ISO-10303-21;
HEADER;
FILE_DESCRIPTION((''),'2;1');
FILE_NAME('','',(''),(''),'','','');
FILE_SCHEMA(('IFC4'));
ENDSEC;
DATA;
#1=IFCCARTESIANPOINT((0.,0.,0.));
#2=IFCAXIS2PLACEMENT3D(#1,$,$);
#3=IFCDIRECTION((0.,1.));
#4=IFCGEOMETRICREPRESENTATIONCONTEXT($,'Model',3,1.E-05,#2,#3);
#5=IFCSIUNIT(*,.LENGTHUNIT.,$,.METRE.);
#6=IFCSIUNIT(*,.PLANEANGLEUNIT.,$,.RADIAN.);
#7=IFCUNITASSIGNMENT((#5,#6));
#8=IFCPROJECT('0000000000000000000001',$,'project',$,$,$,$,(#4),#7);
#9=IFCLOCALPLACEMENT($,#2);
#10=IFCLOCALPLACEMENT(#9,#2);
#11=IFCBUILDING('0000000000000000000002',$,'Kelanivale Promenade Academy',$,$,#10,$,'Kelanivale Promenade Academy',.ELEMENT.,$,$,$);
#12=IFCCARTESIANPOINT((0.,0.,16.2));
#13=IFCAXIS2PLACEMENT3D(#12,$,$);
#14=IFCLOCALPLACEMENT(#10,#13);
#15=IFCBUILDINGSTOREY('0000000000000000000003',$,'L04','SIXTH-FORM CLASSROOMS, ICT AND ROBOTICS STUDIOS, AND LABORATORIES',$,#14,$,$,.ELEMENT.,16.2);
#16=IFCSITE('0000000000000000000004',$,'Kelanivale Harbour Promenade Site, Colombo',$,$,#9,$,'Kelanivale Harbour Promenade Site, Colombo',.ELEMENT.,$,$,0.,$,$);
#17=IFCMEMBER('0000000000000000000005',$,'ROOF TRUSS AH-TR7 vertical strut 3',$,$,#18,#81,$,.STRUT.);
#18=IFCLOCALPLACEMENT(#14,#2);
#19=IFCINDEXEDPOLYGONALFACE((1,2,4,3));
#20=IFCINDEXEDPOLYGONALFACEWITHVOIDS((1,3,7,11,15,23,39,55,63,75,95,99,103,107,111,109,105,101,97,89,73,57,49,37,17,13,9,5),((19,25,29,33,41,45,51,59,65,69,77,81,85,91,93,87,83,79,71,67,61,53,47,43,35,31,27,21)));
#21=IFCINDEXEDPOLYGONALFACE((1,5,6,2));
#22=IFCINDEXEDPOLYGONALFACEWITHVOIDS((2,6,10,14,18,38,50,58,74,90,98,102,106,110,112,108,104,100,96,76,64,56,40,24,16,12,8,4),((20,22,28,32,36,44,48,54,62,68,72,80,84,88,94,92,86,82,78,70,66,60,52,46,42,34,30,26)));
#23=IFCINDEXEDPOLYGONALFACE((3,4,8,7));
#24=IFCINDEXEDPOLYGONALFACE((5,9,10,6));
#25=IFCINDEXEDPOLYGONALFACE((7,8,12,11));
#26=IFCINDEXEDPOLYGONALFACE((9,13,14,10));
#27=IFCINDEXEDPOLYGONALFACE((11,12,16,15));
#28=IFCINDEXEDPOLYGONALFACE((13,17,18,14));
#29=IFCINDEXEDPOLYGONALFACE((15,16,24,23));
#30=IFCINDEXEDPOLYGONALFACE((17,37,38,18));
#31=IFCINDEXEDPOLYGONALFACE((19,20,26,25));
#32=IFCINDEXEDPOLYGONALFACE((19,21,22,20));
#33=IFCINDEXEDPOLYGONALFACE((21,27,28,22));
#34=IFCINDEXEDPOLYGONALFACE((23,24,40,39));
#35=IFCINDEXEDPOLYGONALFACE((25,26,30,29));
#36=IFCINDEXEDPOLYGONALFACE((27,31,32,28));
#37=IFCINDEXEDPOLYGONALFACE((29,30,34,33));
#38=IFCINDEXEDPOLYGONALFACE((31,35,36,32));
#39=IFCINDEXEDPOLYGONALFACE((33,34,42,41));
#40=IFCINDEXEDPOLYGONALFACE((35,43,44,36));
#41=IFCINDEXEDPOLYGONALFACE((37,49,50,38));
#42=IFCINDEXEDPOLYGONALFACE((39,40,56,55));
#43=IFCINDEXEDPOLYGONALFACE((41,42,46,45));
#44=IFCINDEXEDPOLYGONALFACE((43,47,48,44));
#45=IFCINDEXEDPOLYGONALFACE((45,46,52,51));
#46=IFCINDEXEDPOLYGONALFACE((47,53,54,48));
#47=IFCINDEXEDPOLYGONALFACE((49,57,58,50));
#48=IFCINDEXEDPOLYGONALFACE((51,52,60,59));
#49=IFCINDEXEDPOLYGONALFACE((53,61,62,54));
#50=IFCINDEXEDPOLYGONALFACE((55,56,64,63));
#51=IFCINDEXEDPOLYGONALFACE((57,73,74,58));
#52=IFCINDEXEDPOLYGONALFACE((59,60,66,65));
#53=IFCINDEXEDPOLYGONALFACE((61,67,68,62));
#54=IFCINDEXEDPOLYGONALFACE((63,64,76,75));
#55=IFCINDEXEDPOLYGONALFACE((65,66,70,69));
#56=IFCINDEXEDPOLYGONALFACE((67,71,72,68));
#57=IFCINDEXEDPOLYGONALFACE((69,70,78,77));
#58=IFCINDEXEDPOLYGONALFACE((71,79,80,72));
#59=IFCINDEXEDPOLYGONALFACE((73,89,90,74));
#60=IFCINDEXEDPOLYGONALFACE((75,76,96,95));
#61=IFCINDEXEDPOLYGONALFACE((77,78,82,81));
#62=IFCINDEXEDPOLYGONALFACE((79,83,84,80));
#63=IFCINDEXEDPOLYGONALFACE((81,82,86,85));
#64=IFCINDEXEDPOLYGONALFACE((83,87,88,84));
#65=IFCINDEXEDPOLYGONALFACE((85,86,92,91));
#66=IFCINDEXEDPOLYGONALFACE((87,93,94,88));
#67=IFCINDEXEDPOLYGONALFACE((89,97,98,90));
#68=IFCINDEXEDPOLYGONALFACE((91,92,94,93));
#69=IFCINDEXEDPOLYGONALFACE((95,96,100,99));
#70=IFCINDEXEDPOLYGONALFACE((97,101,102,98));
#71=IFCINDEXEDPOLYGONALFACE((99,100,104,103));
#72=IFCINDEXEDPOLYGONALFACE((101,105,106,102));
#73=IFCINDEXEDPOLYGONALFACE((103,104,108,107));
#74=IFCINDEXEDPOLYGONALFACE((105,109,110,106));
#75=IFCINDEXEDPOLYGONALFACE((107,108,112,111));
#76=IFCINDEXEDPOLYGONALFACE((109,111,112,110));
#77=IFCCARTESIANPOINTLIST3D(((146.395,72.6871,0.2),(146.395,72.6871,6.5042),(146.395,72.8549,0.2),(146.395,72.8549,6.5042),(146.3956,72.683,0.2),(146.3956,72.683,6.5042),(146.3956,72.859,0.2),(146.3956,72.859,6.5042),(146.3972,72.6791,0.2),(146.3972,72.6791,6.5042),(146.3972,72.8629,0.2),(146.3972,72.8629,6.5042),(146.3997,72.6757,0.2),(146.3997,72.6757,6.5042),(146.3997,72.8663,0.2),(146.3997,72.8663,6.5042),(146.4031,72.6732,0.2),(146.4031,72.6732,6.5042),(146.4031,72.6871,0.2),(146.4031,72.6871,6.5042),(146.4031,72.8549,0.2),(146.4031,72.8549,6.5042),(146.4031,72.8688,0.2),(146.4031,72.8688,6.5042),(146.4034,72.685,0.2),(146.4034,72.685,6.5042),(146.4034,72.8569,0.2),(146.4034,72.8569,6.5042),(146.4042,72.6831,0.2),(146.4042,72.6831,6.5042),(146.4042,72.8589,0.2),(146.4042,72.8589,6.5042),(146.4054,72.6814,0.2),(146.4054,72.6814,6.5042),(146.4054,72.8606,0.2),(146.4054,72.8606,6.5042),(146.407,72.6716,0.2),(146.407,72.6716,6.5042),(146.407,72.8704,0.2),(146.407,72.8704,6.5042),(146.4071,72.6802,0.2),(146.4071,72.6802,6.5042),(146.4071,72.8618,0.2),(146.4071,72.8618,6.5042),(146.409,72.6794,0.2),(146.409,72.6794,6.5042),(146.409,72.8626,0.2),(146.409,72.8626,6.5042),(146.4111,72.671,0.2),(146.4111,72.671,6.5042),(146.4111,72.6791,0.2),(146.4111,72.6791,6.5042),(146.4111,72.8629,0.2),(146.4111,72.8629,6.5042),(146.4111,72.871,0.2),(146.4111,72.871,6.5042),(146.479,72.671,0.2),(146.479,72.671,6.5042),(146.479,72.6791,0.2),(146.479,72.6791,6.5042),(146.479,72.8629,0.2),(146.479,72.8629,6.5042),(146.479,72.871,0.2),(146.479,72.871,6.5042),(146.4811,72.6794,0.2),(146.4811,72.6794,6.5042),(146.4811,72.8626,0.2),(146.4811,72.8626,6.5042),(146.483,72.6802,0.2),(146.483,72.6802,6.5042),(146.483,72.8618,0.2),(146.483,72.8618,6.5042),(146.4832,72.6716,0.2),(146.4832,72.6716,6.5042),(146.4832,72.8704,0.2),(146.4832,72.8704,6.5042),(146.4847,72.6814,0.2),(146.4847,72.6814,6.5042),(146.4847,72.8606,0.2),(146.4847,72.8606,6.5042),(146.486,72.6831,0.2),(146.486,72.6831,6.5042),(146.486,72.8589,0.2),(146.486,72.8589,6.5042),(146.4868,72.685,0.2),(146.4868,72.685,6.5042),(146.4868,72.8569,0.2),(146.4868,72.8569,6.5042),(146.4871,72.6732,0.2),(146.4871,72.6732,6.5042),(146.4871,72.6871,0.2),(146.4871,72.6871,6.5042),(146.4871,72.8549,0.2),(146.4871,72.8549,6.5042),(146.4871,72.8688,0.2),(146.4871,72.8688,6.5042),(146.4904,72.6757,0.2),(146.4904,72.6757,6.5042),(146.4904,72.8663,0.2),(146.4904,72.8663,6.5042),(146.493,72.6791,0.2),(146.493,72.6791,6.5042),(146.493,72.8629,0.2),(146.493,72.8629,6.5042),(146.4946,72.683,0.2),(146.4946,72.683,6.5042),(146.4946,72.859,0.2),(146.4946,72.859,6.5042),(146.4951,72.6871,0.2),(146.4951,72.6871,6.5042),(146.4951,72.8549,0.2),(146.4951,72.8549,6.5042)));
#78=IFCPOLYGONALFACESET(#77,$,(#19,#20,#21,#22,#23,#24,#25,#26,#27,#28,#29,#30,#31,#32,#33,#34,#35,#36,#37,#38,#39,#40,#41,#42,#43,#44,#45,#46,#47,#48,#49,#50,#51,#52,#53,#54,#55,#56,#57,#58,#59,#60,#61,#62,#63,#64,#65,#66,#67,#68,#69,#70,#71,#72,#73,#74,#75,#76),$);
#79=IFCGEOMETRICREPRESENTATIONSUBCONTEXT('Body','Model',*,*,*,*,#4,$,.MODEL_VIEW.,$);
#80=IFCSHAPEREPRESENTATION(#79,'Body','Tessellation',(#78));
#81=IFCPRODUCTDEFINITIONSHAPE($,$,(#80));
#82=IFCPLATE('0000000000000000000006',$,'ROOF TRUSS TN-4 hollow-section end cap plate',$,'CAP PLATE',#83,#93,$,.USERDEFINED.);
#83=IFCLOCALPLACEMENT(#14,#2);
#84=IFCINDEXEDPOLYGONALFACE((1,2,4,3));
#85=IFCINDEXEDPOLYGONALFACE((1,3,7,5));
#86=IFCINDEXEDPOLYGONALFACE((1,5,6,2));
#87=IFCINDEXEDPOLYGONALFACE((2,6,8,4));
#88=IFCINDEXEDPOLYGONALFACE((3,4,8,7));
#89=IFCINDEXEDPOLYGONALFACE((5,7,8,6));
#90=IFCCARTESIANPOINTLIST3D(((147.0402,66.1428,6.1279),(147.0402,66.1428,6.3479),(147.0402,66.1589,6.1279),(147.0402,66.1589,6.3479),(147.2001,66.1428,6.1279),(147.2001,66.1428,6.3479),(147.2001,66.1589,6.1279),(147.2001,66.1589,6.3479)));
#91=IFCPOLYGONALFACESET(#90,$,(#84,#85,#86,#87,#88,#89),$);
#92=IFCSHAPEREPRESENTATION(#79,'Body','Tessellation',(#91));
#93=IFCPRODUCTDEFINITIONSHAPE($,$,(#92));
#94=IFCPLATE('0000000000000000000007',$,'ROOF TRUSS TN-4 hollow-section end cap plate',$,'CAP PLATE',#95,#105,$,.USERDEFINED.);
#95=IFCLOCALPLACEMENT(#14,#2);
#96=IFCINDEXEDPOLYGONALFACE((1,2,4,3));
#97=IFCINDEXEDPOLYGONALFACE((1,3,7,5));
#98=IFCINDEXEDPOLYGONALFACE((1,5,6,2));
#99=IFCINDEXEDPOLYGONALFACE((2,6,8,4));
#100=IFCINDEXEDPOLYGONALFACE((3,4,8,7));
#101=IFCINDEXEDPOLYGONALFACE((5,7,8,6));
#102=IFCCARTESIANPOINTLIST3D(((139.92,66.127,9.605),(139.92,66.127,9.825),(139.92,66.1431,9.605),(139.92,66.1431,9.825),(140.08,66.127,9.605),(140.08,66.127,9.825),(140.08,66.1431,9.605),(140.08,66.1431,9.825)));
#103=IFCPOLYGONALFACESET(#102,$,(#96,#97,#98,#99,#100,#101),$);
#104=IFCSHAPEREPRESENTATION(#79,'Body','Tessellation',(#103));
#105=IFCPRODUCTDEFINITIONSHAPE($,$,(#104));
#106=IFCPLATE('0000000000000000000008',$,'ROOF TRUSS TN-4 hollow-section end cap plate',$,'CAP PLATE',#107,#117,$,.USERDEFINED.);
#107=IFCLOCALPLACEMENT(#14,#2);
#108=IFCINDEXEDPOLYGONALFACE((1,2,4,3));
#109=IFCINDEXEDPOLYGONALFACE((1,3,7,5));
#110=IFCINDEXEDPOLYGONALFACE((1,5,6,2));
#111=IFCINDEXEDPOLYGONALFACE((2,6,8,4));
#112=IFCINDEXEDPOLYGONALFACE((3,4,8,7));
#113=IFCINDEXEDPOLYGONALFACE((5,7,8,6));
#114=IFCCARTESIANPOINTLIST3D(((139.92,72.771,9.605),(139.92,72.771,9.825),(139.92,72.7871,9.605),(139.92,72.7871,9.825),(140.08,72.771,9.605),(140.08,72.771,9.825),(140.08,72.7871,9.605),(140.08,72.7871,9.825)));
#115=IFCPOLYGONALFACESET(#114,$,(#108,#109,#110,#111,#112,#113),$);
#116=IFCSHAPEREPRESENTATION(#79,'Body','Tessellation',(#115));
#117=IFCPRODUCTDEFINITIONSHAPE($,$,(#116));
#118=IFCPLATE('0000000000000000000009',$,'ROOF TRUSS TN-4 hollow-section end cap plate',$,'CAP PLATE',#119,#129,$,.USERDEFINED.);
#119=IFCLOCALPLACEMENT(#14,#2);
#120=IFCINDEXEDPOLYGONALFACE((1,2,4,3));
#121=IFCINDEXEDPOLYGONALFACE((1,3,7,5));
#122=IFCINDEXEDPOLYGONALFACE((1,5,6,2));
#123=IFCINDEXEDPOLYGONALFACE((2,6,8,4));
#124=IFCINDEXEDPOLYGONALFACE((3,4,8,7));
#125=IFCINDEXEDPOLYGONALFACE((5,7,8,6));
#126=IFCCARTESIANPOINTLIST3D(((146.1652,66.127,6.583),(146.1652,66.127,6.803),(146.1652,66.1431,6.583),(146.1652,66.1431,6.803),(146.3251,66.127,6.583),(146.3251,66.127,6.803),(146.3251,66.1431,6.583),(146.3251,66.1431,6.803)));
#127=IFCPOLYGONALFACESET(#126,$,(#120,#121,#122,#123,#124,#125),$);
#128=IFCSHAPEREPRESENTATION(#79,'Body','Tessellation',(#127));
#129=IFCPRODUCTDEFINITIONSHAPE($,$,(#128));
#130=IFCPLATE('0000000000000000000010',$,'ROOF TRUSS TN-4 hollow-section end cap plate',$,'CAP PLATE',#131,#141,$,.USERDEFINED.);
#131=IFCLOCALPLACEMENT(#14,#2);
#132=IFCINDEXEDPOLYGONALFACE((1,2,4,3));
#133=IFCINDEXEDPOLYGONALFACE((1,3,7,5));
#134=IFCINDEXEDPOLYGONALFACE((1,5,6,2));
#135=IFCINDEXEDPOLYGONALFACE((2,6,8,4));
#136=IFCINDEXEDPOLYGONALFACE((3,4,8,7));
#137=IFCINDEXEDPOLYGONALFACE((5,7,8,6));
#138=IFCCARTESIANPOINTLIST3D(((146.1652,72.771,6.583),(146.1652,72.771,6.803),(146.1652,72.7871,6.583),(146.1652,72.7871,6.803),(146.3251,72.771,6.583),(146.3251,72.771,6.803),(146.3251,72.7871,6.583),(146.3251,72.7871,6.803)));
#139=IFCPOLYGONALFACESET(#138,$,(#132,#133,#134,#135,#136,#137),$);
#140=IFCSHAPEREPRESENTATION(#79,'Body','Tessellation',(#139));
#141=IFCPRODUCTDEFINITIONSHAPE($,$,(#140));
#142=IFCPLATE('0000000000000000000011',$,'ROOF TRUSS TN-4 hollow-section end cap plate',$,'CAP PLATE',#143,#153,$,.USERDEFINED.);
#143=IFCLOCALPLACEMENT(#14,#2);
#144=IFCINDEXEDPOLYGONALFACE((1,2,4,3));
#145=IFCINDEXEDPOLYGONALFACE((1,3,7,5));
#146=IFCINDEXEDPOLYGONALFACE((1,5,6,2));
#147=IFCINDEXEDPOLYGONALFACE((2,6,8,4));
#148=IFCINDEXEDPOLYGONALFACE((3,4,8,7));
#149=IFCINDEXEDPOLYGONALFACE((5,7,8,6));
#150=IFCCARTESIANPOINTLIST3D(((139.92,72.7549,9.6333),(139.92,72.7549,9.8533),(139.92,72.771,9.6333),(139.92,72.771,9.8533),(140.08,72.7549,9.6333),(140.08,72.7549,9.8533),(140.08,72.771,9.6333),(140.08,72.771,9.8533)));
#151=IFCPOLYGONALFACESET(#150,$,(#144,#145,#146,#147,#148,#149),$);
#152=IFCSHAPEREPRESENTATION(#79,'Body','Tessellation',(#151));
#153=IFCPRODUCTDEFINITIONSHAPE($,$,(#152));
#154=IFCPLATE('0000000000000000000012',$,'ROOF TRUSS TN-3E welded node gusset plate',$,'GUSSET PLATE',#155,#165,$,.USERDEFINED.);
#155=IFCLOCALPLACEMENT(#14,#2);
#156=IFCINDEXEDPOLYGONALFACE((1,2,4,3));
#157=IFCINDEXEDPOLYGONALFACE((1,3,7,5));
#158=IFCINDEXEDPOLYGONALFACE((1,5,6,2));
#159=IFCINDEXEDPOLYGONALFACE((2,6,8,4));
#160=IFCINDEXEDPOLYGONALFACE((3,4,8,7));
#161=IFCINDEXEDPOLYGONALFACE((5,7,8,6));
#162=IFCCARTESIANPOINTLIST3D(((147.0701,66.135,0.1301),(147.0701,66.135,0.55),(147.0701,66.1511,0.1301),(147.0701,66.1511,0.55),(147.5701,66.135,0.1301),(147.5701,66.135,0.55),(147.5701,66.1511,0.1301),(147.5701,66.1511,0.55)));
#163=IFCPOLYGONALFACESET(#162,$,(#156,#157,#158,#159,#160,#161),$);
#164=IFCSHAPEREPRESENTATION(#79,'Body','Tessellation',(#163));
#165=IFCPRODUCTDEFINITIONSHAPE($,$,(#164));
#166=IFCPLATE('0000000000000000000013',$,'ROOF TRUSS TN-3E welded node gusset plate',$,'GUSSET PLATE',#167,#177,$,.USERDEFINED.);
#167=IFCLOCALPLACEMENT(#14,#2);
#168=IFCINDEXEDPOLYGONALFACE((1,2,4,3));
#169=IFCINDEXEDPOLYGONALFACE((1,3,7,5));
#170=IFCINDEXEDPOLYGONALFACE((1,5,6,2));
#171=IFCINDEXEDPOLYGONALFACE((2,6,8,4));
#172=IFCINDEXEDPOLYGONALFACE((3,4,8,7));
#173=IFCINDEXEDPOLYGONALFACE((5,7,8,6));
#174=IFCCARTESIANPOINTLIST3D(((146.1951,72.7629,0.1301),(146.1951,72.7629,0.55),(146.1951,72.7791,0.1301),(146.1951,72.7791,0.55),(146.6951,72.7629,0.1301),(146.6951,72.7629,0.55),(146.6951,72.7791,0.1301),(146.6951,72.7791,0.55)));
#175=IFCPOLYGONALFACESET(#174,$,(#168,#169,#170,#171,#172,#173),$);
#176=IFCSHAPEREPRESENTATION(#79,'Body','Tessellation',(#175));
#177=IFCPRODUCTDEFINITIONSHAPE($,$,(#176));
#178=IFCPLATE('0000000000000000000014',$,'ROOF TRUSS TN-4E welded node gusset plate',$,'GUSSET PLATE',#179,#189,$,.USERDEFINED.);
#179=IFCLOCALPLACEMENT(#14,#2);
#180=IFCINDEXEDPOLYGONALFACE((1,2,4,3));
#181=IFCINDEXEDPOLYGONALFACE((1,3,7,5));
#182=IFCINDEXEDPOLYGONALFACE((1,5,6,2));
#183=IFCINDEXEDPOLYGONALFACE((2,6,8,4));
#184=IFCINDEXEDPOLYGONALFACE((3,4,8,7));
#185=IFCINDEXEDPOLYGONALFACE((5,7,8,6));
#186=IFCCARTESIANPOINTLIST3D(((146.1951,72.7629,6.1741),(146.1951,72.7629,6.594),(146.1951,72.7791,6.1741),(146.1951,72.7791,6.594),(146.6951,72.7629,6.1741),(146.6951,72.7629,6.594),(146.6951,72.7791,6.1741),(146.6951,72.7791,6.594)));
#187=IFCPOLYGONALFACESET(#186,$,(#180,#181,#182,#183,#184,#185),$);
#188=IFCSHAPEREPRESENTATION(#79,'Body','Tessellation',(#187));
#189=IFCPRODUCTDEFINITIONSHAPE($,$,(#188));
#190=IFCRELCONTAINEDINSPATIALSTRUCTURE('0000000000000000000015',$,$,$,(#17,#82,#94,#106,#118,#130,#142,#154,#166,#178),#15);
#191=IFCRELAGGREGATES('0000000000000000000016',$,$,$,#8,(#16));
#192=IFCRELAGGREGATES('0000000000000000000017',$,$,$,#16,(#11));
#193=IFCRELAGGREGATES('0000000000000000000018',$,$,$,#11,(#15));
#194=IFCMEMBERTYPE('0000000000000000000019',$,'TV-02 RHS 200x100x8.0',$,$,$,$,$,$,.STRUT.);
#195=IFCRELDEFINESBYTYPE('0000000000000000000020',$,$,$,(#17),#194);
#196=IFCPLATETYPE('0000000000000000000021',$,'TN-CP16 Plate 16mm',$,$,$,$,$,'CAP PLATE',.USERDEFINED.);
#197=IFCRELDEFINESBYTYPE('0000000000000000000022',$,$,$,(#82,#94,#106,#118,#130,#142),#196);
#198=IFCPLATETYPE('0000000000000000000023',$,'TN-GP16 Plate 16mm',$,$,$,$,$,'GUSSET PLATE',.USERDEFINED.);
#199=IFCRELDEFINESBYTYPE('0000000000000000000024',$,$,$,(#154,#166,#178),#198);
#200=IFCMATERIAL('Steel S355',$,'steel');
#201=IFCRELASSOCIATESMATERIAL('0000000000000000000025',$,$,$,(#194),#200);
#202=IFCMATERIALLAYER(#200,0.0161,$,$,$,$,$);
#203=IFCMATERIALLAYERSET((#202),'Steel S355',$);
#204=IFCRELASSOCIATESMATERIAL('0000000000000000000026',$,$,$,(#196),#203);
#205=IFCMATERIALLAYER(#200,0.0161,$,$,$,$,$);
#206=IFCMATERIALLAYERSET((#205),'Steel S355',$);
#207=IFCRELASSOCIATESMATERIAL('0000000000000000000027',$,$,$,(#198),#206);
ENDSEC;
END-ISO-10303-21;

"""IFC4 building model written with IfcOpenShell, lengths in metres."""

from ifc_helpers import new_model, si_unit, direction, frame, origin, origin_2d, place, context, subcontext, project, spatial, rectangle, hollow_rectangle, extrude, material, layer, layer_set, material_profile, profile_set, type_object, element, save


model = new_model("IFC4")

# Units and contexts
model_context = context("Model", 3, precision=1e-05, world=origin(), true_north=direction((0.0, 1.0)))
body_context = subcontext(model_context, "Body", "Model", "MODEL_VIEW")
ifc_project = project(units=[si_unit("LENGTHUNIT", "METRE"), si_unit("PLANEANGLEUNIT", "RADIAN")], contexts=[model_context])

# Site, building, storey
site_placement = place(None, origin())
site = spatial("IfcSite", under=ifc_project, at=site_placement, Name="Kelanivale Harbour Promenade Site, Colombo", LongName="Kelanivale Harbour Promenade Site, Colombo", CompositionType="ELEMENT", RefElevation=0.0)
building_placement = place(site_placement, origin())
building = spatial("IfcBuilding", under=site, at=building_placement, Name="Kelanivale Promenade Academy", LongName="Kelanivale Promenade Academy", CompositionType="ELEMENT")
storey_placement = place(building_placement, frame((0.0, 0.0, 16.2)))
storey = spatial("IfcBuildingStorey", under=building, at=storey_placement, Name="L04", Description="SIXTH-FORM CLASSROOMS, ICT AND ROBOTICS STUDIOS, AND LABORATORIES", CompositionType="ELEMENT", Elevation=16.2)

# Member
ifc_material = material(Name="Steel S355", Category="steel")
ifc_material_profile_1 = material_profile(ifc_material, hollow_rectangle(XDim=0.1001, YDim=0.2, WallThickness=0.0081, InnerFilletRadius=0.0081, OuterFilletRadius=0.0161, at=origin_2d()), Name="RHS 200x100x8.0")
ifc_profile_set_1 = profile_set([ifc_material_profile_1], Name="Steel S355")
member_type_1 = type_object("IfcMemberType", Name="TV-02 RHS 200x100x8.0", PredefinedType="STRUT", material=ifc_profile_set_1)
member_1_placement = place(storey_placement, frame((146.4451, 72.771, 0.2), z_axis=(0.0, 0.0, 1.0), x_axis=(1.0, 0.0, 0.0)))
element("IfcMember", 1, at=member_1_placement, inside=storey, type_object=member_type_1, Name="ROOF TRUSS AH-TR7 vertical strut 3", PredefinedType="STRUT", context=body_context, shape_type="SweptSolid", body=[
    extrude(hollow_rectangle(XDim=0.1001, YDim=0.2, WallThickness=0.0081, InnerFilletRadius=0.0081, OuterFilletRadius=0.0161, at=origin_2d()), origin(), (0.0, 0.0, 1.0), 6.3042),
])

# Plates
ifc_layer_1 = layer(ifc_material, 0.0161)
ifc_layer_set_1 = layer_set([ifc_layer_1], Name="Steel S355")
plate_type_1 = type_object("IfcPlateType", Name="TN-CP16 Plate 16mm", ElementType="CAP PLATE", PredefinedType="USERDEFINED", material=ifc_layer_set_1)
for number, where, z_axis, x_axis, name in (
    (2, (147.1201, 66.1509, 6.1279), (0.0, 0.0, 1.0), (0.0, 1.0, 0.0), "ROOF TRUSS TN-4 hollow-section end cap plate"),
    (3, (140.0, 66.135, 9.605), (0.0, 0.0, 1.0), (0.0, -1.0, 0.0), "ROOF TRUSS TN-4 hollow-section end cap plate"),
    (4, (140.0, 72.7791, 9.605), (0.0, 0.0, 1.0), (0.0, 1.0, 0.0), "ROOF TRUSS TN-4 hollow-section end cap plate"),
    (5, (146.2451, 66.135, 6.583), (0.0, 0.0, 1.0), (0.0, -1.0, 0.0), "ROOF TRUSS TN-4 hollow-section end cap plate"),
    (6, (146.2451, 72.7791, 6.583), (0.0, 0.0, 1.0), (0.0, 1.0, 0.0), "ROOF TRUSS TN-4 hollow-section end cap plate"),
    (7, (140.0, 72.7629, 9.6333), (0.0, 0.0, 1.0), (0.0, -1.0, 0.0), "ROOF TRUSS TN-4 hollow-section end cap plate"),
):
    element("IfcPlate", number, at=place(storey_placement, frame(where, z_axis=z_axis, x_axis=x_axis)), inside=storey, type_object=plate_type_1, Name=name, ObjectType="CAP PLATE", PredefinedType="USERDEFINED", context=body_context, shape_type="SweptSolid", body=[
        extrude(rectangle(XDim=0.0161, YDim=0.1599, at=origin_2d()), origin(), (0.0, 0.0, 1.0), 0.22),
    ])
ifc_layer_2 = layer(ifc_material, 0.0161)
ifc_layer_set_2 = layer_set([ifc_layer_2], Name="Steel S355")
plate_type_2 = type_object("IfcPlateType", Name="TN-GP16 Plate 16mm", ElementType="GUSSET PLATE", PredefinedType="USERDEFINED", material=ifc_layer_set_2)
for number, where, z_axis, x_axis, name in (
    (8, (147.3201, 66.1431, 0.1301), (0.0, 0.0, 1.0), (1.0, 0.0, 0.0), "ROOF TRUSS TN-3E welded node gusset plate"),
    (9, (146.4451, 72.771, 0.1301), (0.0, 0.0, 1.0), (1.0, 0.0, 0.0), "ROOF TRUSS TN-3E welded node gusset plate"),
    (10, (146.4451, 72.771, 6.1741), (0.0, 0.0, 1.0), (1.0, 0.0, 0.0), "ROOF TRUSS TN-4E welded node gusset plate"),
):
    element("IfcPlate", number, at=place(storey_placement, frame(where, z_axis=z_axis, x_axis=x_axis)), inside=storey, type_object=plate_type_2, Name=name, ObjectType="GUSSET PLATE", PredefinedType="USERDEFINED", context=body_context, shape_type="SweptSolid", body=[
        extrude(rectangle(XDim=0.5, YDim=0.0161, at=origin_2d()), origin(), (0.0, 0.0, 1.0), 0.4199),
    ])

save(model, "model.ifc")
